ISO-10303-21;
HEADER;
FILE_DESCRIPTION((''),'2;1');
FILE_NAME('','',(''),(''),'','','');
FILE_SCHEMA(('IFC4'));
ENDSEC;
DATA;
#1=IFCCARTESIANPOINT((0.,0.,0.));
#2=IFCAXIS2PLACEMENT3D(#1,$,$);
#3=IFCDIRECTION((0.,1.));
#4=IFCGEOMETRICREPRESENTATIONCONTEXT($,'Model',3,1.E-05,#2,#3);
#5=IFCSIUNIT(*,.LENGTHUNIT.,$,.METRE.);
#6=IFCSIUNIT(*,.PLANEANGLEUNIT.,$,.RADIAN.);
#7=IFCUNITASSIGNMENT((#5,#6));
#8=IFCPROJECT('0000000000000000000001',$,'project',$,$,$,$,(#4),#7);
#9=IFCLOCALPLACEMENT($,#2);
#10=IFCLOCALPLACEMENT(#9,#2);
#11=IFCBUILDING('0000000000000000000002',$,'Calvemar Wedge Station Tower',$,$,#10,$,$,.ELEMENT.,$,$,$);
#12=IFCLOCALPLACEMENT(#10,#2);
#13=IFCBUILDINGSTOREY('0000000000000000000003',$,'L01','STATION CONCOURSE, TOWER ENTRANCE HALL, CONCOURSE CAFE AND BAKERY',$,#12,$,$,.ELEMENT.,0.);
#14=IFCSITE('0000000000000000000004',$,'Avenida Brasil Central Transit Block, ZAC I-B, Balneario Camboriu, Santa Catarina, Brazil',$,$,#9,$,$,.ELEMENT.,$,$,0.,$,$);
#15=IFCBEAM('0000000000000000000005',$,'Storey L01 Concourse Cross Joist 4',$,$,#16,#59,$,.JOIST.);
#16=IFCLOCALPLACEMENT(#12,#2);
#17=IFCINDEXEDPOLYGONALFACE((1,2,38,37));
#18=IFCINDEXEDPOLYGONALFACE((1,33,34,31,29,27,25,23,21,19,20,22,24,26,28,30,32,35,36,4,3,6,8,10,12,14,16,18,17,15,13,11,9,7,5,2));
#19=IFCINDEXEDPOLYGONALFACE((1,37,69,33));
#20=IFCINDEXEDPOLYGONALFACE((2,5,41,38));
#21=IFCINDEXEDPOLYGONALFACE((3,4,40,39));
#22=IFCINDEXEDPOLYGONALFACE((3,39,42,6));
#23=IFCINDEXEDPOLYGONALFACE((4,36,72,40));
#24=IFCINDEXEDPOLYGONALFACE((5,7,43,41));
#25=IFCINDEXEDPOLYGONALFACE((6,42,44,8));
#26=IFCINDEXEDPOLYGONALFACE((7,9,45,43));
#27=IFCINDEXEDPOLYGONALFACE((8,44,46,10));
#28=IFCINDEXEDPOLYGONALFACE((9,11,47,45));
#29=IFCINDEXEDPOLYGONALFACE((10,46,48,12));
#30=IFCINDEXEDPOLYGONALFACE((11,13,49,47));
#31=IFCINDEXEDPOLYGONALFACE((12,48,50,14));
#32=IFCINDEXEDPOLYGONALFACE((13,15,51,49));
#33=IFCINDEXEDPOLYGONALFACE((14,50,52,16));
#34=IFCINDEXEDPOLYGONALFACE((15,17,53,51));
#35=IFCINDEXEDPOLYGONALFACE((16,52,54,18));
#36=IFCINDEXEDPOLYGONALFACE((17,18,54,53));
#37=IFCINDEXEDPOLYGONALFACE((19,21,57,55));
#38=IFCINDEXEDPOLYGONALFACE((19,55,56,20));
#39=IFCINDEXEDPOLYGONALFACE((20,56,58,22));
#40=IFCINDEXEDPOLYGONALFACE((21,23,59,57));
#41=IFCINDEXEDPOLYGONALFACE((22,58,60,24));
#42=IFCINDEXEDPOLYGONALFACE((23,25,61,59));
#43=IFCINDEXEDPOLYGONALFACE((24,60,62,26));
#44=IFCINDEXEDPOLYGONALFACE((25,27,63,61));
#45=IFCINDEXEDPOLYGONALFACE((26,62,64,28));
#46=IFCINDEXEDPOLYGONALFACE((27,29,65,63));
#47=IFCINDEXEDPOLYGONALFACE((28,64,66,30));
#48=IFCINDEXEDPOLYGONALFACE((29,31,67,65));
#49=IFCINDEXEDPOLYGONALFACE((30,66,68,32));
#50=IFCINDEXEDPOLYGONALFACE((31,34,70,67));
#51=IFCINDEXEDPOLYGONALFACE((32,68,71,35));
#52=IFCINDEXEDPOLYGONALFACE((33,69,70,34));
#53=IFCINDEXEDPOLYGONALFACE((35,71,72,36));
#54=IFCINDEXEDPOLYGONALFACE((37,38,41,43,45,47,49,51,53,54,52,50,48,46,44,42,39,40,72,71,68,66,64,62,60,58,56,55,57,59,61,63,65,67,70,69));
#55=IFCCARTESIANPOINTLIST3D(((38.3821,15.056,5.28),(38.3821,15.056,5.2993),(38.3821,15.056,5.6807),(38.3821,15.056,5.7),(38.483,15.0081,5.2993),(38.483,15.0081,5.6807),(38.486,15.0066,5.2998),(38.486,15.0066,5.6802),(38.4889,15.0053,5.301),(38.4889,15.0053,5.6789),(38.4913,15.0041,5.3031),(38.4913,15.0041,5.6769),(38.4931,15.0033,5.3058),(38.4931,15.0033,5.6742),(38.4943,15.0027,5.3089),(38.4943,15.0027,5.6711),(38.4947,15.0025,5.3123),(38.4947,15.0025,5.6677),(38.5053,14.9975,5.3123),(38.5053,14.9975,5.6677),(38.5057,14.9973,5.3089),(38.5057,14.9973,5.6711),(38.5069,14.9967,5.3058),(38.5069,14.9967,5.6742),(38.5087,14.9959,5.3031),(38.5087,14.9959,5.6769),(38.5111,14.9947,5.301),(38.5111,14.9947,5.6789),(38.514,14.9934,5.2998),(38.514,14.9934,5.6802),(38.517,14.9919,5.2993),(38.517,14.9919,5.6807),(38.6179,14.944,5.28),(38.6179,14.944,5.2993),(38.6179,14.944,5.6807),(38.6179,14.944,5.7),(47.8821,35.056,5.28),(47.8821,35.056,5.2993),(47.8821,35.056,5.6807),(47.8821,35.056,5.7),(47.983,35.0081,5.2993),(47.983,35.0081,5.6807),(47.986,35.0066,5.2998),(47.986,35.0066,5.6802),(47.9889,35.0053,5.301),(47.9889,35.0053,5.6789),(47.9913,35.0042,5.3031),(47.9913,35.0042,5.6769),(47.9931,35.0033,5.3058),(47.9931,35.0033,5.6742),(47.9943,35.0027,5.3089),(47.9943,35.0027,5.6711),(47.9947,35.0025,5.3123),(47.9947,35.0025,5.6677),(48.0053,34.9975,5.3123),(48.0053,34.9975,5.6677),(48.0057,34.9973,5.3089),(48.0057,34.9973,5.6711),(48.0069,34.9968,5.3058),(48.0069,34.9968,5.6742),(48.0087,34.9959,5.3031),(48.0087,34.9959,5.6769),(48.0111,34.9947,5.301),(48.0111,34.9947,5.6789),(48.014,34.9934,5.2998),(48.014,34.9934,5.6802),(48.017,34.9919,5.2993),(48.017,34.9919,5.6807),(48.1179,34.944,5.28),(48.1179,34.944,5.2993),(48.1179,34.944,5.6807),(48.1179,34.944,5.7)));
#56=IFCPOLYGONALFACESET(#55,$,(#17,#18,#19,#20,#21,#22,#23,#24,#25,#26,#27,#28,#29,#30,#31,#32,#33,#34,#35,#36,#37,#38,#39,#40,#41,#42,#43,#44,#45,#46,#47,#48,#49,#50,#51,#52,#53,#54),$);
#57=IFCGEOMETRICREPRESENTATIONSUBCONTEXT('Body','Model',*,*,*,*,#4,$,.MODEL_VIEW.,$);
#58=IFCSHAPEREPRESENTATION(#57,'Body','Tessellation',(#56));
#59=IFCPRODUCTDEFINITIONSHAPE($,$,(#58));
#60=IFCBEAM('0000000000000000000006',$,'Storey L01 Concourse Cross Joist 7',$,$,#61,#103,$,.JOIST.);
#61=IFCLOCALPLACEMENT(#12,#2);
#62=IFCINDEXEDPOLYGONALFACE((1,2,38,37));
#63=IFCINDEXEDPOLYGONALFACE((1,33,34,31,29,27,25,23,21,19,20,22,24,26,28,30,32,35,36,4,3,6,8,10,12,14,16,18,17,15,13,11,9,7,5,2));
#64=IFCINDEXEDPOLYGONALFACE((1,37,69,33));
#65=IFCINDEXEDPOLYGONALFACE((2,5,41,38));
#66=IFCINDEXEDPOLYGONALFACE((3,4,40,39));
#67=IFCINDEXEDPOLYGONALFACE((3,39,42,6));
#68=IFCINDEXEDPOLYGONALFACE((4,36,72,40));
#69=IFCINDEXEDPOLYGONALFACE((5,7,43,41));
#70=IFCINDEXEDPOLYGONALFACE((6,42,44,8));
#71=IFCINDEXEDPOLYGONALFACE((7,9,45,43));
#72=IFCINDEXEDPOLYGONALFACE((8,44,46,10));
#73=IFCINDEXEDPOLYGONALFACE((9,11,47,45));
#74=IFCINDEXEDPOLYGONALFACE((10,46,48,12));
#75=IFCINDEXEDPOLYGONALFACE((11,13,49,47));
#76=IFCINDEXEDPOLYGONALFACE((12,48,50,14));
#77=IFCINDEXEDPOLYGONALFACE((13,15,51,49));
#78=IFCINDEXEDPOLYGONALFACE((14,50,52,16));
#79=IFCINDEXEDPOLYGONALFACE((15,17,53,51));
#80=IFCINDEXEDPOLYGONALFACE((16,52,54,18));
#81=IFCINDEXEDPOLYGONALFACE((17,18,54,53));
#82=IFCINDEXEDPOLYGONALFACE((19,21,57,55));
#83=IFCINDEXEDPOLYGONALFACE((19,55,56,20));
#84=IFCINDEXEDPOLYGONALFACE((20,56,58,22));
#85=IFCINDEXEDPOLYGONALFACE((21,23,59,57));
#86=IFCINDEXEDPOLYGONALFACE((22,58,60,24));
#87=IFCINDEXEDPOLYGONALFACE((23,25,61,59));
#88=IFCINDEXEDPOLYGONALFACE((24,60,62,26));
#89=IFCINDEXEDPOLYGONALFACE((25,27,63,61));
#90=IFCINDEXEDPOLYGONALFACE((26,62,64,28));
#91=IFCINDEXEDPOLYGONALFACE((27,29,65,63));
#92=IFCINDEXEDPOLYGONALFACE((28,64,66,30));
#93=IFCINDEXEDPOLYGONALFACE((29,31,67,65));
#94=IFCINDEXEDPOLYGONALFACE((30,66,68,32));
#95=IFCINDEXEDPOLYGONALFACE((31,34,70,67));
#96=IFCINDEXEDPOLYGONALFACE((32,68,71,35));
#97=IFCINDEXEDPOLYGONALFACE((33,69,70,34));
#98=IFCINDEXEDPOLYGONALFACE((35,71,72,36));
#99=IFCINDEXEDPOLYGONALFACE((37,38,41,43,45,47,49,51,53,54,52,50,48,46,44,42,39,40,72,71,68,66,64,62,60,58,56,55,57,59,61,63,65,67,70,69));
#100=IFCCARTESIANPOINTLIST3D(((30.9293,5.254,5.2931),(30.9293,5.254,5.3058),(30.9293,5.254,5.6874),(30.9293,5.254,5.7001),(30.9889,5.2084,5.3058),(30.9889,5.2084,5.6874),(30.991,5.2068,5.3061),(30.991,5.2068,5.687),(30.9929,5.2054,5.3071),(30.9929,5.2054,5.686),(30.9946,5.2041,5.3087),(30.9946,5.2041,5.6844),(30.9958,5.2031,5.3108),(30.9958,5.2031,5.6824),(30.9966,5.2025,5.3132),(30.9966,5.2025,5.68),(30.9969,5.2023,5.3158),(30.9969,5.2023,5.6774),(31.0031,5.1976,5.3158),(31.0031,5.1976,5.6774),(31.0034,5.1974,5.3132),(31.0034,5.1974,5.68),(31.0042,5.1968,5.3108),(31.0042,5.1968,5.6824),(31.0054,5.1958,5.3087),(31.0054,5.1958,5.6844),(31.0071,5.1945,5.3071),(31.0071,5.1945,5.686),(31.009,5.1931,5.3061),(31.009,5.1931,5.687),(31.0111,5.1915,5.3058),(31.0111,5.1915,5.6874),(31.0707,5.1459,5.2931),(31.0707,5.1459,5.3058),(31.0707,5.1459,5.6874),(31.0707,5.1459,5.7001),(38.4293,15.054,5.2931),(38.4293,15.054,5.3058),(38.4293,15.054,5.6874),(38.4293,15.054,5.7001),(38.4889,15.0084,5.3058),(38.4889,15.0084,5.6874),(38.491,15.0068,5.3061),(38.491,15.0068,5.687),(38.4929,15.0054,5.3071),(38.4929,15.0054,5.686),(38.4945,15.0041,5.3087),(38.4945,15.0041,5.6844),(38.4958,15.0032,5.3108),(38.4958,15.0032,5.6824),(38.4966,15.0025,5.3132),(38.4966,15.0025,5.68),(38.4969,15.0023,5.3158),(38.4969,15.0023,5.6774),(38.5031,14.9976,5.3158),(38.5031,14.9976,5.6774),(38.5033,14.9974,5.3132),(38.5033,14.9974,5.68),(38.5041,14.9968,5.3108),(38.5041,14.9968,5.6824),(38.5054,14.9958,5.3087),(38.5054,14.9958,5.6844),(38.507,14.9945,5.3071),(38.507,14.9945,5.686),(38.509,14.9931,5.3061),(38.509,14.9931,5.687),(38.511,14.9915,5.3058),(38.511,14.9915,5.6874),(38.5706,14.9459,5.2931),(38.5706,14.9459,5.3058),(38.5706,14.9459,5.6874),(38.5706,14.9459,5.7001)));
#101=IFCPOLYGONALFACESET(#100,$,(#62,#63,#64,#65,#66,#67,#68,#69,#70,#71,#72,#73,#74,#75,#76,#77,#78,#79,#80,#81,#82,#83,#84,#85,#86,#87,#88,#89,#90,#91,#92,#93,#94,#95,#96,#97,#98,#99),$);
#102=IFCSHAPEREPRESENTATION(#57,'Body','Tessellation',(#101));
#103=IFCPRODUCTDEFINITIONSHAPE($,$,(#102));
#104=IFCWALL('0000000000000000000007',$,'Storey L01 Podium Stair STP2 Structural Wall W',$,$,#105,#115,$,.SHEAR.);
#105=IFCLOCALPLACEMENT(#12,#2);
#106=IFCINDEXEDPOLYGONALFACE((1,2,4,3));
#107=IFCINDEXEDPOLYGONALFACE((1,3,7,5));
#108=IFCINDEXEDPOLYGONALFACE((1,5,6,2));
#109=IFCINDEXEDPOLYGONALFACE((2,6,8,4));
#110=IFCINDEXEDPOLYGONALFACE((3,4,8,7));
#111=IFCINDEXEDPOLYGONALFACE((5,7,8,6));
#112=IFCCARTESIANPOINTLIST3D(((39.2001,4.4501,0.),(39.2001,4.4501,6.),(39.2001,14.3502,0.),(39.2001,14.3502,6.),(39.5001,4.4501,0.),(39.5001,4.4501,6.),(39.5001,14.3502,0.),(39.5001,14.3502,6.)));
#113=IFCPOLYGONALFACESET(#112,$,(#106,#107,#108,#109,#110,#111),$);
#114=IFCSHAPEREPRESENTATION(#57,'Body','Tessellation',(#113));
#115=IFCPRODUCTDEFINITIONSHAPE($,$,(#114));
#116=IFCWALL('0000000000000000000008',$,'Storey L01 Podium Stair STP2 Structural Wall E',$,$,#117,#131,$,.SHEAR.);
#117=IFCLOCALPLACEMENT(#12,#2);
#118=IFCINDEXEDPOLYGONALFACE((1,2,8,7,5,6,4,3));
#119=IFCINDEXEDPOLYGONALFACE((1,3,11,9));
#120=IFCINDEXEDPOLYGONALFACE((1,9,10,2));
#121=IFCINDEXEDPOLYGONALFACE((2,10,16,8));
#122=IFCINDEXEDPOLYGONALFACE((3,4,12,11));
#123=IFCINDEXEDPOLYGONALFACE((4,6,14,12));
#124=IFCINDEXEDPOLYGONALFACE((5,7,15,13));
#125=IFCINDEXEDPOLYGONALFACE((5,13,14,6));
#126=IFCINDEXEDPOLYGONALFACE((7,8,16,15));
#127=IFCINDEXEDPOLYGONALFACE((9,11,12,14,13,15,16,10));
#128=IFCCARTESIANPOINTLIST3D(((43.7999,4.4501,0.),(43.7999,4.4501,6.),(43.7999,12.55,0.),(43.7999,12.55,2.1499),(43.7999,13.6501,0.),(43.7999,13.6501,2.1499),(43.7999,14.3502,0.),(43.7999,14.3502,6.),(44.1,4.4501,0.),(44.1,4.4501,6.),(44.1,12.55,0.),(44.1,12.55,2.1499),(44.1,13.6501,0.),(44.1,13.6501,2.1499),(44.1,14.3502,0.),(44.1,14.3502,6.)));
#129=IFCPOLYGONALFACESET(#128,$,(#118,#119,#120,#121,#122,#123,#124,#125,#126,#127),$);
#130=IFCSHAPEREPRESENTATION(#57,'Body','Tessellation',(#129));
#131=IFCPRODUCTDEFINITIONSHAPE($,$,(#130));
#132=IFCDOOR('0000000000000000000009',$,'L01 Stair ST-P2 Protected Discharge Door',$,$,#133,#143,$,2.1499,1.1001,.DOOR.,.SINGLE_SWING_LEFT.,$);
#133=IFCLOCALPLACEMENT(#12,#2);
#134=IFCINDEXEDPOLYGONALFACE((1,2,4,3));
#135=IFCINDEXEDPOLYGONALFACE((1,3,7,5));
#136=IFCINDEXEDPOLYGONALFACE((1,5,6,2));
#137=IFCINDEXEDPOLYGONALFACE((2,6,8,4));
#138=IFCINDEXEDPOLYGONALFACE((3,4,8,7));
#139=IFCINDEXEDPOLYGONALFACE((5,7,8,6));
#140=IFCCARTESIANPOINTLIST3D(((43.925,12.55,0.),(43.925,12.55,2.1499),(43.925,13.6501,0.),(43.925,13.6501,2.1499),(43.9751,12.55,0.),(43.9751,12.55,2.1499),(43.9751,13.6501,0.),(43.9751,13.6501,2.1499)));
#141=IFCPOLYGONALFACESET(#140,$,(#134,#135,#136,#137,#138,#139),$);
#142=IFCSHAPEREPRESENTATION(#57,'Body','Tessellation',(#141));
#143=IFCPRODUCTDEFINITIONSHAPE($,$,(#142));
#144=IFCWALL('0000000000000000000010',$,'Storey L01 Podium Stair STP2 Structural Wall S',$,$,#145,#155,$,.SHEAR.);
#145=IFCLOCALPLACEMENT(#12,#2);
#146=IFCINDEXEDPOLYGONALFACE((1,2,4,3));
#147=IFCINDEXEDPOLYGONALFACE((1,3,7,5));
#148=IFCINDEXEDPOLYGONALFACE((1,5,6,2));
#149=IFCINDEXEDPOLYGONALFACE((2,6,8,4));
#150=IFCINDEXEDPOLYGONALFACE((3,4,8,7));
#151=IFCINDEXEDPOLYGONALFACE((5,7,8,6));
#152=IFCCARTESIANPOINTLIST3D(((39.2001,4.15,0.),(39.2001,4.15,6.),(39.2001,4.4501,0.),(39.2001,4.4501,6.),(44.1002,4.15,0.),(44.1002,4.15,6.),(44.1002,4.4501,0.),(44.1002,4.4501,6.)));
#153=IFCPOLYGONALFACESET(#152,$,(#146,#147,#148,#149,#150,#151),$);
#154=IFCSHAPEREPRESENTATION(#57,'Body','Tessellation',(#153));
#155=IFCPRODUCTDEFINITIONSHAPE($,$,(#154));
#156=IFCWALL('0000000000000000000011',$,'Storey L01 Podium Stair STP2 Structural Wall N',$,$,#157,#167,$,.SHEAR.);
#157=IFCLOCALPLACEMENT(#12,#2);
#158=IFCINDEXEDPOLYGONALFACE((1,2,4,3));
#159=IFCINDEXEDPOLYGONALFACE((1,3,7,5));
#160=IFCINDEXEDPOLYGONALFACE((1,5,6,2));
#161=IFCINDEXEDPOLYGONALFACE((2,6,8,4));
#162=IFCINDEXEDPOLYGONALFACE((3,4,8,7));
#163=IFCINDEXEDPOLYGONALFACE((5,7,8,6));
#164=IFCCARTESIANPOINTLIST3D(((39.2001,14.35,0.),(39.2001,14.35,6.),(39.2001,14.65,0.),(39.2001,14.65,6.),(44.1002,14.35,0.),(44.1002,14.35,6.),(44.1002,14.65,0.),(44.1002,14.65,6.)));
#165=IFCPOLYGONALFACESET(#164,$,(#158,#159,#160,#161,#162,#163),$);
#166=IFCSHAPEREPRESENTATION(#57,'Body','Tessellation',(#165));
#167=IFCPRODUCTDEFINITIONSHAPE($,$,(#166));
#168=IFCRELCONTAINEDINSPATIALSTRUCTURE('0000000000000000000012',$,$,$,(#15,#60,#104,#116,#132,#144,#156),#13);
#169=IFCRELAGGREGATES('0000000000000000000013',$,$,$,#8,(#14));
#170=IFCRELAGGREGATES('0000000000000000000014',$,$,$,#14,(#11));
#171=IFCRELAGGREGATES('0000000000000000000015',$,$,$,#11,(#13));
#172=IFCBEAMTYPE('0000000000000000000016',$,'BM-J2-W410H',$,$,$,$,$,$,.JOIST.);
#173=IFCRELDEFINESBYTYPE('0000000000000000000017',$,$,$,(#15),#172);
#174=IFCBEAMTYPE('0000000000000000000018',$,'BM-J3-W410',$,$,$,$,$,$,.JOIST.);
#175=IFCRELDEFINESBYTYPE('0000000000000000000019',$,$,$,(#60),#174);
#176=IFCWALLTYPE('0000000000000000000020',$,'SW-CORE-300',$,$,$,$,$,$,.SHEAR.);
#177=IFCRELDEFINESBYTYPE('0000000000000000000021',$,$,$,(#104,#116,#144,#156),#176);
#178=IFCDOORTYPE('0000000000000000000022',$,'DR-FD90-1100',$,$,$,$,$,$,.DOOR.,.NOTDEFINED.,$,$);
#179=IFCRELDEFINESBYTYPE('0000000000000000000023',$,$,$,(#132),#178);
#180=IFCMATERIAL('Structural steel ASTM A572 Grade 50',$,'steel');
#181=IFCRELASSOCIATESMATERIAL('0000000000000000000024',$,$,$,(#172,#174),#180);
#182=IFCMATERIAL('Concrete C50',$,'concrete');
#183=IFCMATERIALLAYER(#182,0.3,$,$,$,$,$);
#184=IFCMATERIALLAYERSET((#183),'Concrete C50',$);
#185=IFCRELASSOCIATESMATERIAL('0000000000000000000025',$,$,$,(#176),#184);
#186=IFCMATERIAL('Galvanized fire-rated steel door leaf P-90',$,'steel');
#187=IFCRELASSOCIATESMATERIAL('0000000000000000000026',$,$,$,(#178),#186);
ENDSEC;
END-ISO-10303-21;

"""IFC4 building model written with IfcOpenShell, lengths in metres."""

from ifc_helpers import new_model, si_unit, direction, frame, frame_2d, origin, origin_2d, place, context, subcontext, project, spatial, rectangle, i_section, extrude, source, transform, mapped, material, layer, layer_set, material_profile, profile_set, type_object, element, fill, save


model = new_model("IFC4")

# Units and contexts
model_context = context("Model", 3, precision=1e-05, world=origin(), true_north=direction((0.0, 1.0)))
body_context = subcontext(model_context, "Body", "Model", "MODEL_VIEW")
ifc_project = project(units=[si_unit("LENGTHUNIT", "METRE"), si_unit("PLANEANGLEUNIT", "RADIAN")], contexts=[model_context])

# Site, building, storey
site_placement = place(None, origin())
site = spatial("IfcSite", under=ifc_project, at=site_placement, Name="Avenida Brasil Central Transit Block, ZAC I-B, Balneario Camboriu, Santa Catarina, Brazil", CompositionType="ELEMENT", RefElevation=0.0)
building_placement = place(site_placement, origin())
building = spatial("IfcBuilding", under=site, at=building_placement, Name="Calvemar Wedge Station Tower", CompositionType="ELEMENT")
storey_placement = place(building_placement, origin())
storey = spatial("IfcBuildingStorey", under=building, at=storey_placement, Name="L01", Description="STATION CONCOURSE, TOWER ENTRANCE HALL, CONCOURSE CAFE AND BAKERY", CompositionType="ELEMENT", Elevation=0.0)

# Beams
ifc_material_1 = material(Name="Structural steel ASTM A572 Grade 50", Category="steel")
ifc_material_2 = material(Name="Concrete C50", Category="concrete")
ifc_material_profile_1 = material_profile(ifc_material_1, i_section(OverallWidth=0.261, OverallDepth=0.4199, WebThickness=0.0117, FlangeThickness=0.0193, FilletRadius=0.0129, at=origin_2d()), Name="W410x114")
ifc_profile_set_1 = profile_set([ifc_material_profile_1], Name="Structural steel ASTM A572 Grade 50")
beam_type_1 = type_object("IfcBeamType", Name="BM-J2-W410H", PredefinedType="JOIST", material=ifc_profile_set_1)
shared_shape_1 = source(origin(), body_context, "Body", "SweptSolid", [
    extrude(i_section(OverallWidth=0.261, OverallDepth=0.4199, WebThickness=0.0117, FlangeThickness=0.0193, FilletRadius=0.0129, at=origin_2d()), origin(), (0.0, 0.0, 1.0), 22.1416),
])
beam_1_placement = place(storey_placement, frame((38.5, 15.0, 5.49), z_axis=(0.429057, 0.903278, 0.0), x_axis=(-0.903278, 0.429057, 0.0)))
element("IfcBeam", 1, at=beam_1_placement, inside=storey, type_object=beam_type_1, Name="Storey L01 Concourse Cross Joist 4", PredefinedType="JOIST", context=body_context, shape_type="MappedRepresentation", body=[
    mapped(shared_shape_1, transform((0.0, 0.0, 0.0), scale=1.0)),
])
ifc_material_profile_2 = material_profile(ifc_material_1, i_section(OverallWidth=0.178, OverallDepth=0.407, WebThickness=0.0078, FlangeThickness=0.0127, FilletRadius=0.01, at=origin_2d()), Name="W410x60")
ifc_profile_set_2 = profile_set([ifc_material_profile_2], Name="Structural steel ASTM A572 Grade 50")
beam_type_2 = type_object("IfcBeamType", Name="BM-J3-W410", PredefinedType="JOIST", material=ifc_profile_set_2)
shared_shape_2 = source(origin(), body_context, "Body", "SweptSolid", [
    extrude(i_section(OverallWidth=0.178, OverallDepth=0.407, WebThickness=0.0078, FlangeThickness=0.0127, FilletRadius=0.01, at=origin_2d()), origin(), (0.0, 0.0, 1.0), 12.3406),
])
beam_2_placement = place(storey_placement, frame((31.0, 5.2, 5.4966), z_axis=(0.607749, 0.794129, 0.0), x_axis=(-0.794129, 0.607749, 0.0)))
element("IfcBeam", 2, at=beam_2_placement, inside=storey, type_object=beam_type_2, Name="Storey L01 Concourse Cross Joist 7", PredefinedType="JOIST", context=body_context, shape_type="MappedRepresentation", body=[
    mapped(shared_shape_2, transform((0.0, 0.0, 0.0), scale=1.0)),
])

# Wall
ifc_layer_1 = layer(ifc_material_2, 0.3)
ifc_layer_set_1 = layer_set([ifc_layer_1], Name="Concrete C50")
wall_type_1 = type_object("IfcWallType", Name="SW-CORE-300", PredefinedType="SHEAR", material=ifc_layer_set_1)
wall_1_placement = place(storey_placement, frame((39.3501, 4.45, 0.0), z_axis=(0.0, 0.0, 1.0), x_axis=(0.0, 1.0, 0.0)))
element("IfcWall", 3, at=wall_1_placement, inside=storey, type_object=wall_type_1, Name="Storey L01 Podium Stair STP2 Structural Wall W", PredefinedType="SHEAR", context=body_context, shape_type="SweptSolid", body=[
    extrude(rectangle(XDim=9.9001, YDim=0.3, at=frame_2d((4.9502, 0.0))), origin(), (0.0, 0.0, 1.0), 6.0),
])

# Wall, opening, door
wall_2_placement = place(storey_placement, frame((43.95, 4.45, 0.0), z_axis=(0.0, 0.0, 1.0), x_axis=(0.0, 1.0, 0.0)))
wall_2 = element("IfcWall", 4, at=wall_2_placement, inside=storey, type_object=wall_type_1, Name="Storey L01 Podium Stair STP2 Structural Wall E", PredefinedType="SHEAR", context=body_context, shape_type="SweptSolid", body=[
    extrude(rectangle(XDim=9.9001, YDim=0.3, at=frame_2d((4.9502, 0.0))), origin(), (0.0, 0.0, 1.0), 6.0),
])
shared_shape_3 = source(origin(), body_context, "Body", "SweptSolid", [
    extrude(rectangle(XDim=1.1001, YDim=2.1499, at=frame_2d((0.55, 1.075))), frame((0.0, 0.1602, 0.0), z_axis=(0.0, -1.0, 0.0), x_axis=(1.0, 0.0, 0.0)), (0.0, 0.0, 1.0), 0.3201),
])
opening_1_placement = place(wall_2_placement, frame((8.1001, 0.0, 0.0)))
opening_1 = element("IfcOpeningElement", 5, at=opening_1_placement, cuts=wall_2, PredefinedType="OPENING", context=body_context, shape_type="MappedRepresentation", body=[
    mapped(shared_shape_3, transform((0.0, 0.0, 0.0), scale=1.0)),
])
ifc_material_3 = material(Name="Galvanized fire-rated steel door leaf P-90", Category="steel")
door_type_1 = type_object("IfcDoorType", Name="DR-FD90-1100", OperationType="NOTDEFINED", PredefinedType="DOOR", material=ifc_material_3)
shared_shape_4 = source(origin(), body_context, "Body", "SweptSolid", [
    extrude(rectangle(XDim=1.1001, YDim=2.1499, at=frame_2d((0.55, 1.075))), frame((0.0, 0.0249, 0.0), z_axis=(0.0, -1.0, 0.0), x_axis=(1.0, 0.0, 0.0)), (0.0, 0.0, 1.0), 0.05),
])
door_1_placement = place(opening_1_placement, origin())
door_1 = element("IfcDoor", 6, at=door_1_placement, inside=storey, type_object=door_type_1, Name="L01 Stair ST-P2 Protected Discharge Door", OperationType="SINGLE_SWING_LEFT", OverallHeight=2.1499, OverallWidth=1.1001, PredefinedType="DOOR", context=body_context, shape_type="MappedRepresentation", body=[
    mapped(shared_shape_4, transform((0.0, 0.0, 0.0), scale=1.0)),
])
fill(opening_1, door_1)

# Walls
for number, where, z_axis, x_axis, name in (
    (7, (39.2, 4.3, 0.0), (0.0, 0.0, 1.0), (1.0, 0.0, 0.0), "Storey L01 Podium Stair STP2 Structural Wall S"),
    (8, (39.2, 14.5, 0.0), (0.0, 0.0, 1.0), (1.0, 0.0, 0.0), "Storey L01 Podium Stair STP2 Structural Wall N"),
):
    element("IfcWall", number, at=place(storey_placement, frame(where, z_axis=z_axis, x_axis=x_axis)), inside=storey, type_object=wall_type_1, Name=name, PredefinedType="SHEAR", context=body_context, shape_type="SweptSolid", body=[
        extrude(rectangle(XDim=4.9001, YDim=0.3, at=frame_2d((2.4502, 0.0))), origin(), (0.0, 0.0, 1.0), 6.0),
    ])

save(model, "model.ifc")
